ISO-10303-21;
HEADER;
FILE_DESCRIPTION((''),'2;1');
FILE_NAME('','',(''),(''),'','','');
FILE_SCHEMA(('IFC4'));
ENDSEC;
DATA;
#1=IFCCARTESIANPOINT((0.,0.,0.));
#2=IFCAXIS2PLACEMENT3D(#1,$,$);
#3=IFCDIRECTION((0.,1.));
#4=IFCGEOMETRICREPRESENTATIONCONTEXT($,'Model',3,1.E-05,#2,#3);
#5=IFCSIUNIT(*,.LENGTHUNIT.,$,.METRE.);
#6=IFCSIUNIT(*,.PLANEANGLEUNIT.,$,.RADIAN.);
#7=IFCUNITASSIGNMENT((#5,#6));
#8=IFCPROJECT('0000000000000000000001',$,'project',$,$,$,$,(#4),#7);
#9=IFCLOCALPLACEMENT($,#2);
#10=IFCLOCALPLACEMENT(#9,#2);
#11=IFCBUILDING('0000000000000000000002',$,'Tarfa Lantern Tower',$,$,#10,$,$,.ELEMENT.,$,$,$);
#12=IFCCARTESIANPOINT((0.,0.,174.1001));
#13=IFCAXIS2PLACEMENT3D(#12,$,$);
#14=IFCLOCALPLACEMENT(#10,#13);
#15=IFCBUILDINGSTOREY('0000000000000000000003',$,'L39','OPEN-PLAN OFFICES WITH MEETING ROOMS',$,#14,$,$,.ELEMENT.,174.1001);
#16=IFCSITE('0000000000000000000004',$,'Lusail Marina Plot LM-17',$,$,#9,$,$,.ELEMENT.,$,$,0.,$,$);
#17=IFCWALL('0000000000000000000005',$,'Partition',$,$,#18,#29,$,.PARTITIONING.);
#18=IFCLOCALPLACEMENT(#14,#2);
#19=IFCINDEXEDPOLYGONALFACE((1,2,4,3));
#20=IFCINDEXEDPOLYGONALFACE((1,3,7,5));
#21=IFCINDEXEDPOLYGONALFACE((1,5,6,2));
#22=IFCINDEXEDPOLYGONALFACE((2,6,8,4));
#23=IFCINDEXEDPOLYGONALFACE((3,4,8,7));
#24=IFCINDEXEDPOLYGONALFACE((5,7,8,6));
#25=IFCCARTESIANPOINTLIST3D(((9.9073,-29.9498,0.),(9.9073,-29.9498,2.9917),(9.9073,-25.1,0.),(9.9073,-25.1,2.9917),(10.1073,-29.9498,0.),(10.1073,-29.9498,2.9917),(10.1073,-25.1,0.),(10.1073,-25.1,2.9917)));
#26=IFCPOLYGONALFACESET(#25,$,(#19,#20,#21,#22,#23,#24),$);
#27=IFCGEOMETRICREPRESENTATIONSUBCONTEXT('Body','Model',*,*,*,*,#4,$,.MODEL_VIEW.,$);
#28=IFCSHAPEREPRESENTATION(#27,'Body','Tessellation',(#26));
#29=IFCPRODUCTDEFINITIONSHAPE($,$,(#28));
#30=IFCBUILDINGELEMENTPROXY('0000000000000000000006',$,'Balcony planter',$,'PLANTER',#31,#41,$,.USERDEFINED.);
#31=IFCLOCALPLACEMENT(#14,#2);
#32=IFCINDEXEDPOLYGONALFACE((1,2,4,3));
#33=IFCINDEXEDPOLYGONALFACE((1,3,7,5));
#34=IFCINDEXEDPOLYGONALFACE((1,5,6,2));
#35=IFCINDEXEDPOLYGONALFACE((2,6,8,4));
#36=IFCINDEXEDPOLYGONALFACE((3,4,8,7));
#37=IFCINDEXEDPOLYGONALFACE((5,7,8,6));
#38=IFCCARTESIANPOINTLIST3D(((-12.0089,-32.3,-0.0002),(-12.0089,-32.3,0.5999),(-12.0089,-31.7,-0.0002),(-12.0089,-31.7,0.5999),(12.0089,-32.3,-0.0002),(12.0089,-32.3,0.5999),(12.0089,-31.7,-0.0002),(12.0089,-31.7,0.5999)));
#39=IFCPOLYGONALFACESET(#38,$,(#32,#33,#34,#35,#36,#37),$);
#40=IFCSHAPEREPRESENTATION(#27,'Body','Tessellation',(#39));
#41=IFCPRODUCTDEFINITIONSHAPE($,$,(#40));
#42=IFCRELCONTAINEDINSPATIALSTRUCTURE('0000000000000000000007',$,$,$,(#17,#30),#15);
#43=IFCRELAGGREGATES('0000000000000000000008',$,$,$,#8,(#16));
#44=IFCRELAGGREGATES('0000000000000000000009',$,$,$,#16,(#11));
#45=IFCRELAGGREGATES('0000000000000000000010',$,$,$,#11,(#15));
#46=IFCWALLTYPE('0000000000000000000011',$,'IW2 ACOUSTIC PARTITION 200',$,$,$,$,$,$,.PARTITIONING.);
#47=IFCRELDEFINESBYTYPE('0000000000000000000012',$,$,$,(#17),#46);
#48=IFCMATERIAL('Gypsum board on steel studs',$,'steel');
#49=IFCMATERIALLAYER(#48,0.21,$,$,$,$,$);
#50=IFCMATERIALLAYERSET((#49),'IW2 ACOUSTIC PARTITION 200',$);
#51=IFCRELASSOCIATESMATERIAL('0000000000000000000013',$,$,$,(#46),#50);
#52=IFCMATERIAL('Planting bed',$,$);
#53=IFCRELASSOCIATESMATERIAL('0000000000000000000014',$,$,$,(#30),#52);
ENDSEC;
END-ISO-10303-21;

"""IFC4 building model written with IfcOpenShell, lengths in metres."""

from ifc_helpers import new_model, si_unit, direction, frame, frame_2d, origin, origin_2d, place, context, subcontext, project, spatial, rectangle, extrude, material, layer, layer_set, type_object, element, save


model = new_model("IFC4")

# Units and contexts
model_context = context("Model", 3, precision=1e-05, world=origin(), true_north=direction((0.0, 1.0)))
body_context = subcontext(model_context, "Body", "Model", "MODEL_VIEW")
ifc_project = project(units=[si_unit("LENGTHUNIT", "METRE"), si_unit("PLANEANGLEUNIT", "RADIAN")], contexts=[model_context])

# Site, building, storey
site_placement = place(None, origin())
site = spatial("IfcSite", under=ifc_project, at=site_placement, Name="Lusail Marina Plot LM-17", CompositionType="ELEMENT", RefElevation=0.0)
building_placement = place(site_placement, origin())
building = spatial("IfcBuilding", under=site, at=building_placement, Name="Tarfa Lantern Tower", CompositionType="ELEMENT")
storey_placement = place(building_placement, frame((0.0, 0.0, 174.1001)))
storey = spatial("IfcBuildingStorey", under=building, at=storey_placement, Name="L39", Description="OPEN-PLAN OFFICES WITH MEETING ROOMS", CompositionType="ELEMENT", Elevation=174.1001)

# Wall
ifc_material_1 = material(Name="Gypsum board on steel studs", Category="steel")
ifc_layer_1 = layer(ifc_material_1, 0.21)
ifc_layer_set_1 = layer_set([ifc_layer_1], Name="IW2 ACOUSTIC PARTITION 200")
wall_type_1 = type_object("IfcWallType", Name="IW2 ACOUSTIC PARTITION 200", PredefinedType="PARTITIONING", material=ifc_layer_set_1)
wall_1_placement = place(storey_placement, frame((10.0073, -25.1001, 0.0), z_axis=(0.0, 0.0, 1.0), x_axis=(0.0, -1.0, 0.0)))
element("IfcWall", 1, at=wall_1_placement, inside=storey, type_object=wall_type_1, Name="Partition", PredefinedType="PARTITIONING", context=body_context, shape_type="SweptSolid", body=[
    extrude(rectangle(XDim=4.8499, YDim=0.2, at=frame_2d((2.4248, 0.0))), origin(), (0.0, 0.0, 1.0), 2.9917),
])

# Building element proxy
ifc_material_2 = material(Name="Planting bed")
proxy_placement = place(storey_placement, frame((0.0, -32.0, -0.0002), z_axis=(0.0, 0.0, 1.0), x_axis=(1.0, 0.0, 0.0)))
element("IfcBuildingElementProxy", 2, at=proxy_placement, inside=storey, material=ifc_material_2, Name="Balcony planter", ObjectType="PLANTER", PredefinedType="USERDEFINED", context=body_context, shape_type="SweptSolid", body=[
    extrude(rectangle(XDim=24.0178, YDim=0.6001, at=origin_2d()), origin(), (0.0, 0.0, 1.0), 0.6001),
])

save(model, "model.ifc")
